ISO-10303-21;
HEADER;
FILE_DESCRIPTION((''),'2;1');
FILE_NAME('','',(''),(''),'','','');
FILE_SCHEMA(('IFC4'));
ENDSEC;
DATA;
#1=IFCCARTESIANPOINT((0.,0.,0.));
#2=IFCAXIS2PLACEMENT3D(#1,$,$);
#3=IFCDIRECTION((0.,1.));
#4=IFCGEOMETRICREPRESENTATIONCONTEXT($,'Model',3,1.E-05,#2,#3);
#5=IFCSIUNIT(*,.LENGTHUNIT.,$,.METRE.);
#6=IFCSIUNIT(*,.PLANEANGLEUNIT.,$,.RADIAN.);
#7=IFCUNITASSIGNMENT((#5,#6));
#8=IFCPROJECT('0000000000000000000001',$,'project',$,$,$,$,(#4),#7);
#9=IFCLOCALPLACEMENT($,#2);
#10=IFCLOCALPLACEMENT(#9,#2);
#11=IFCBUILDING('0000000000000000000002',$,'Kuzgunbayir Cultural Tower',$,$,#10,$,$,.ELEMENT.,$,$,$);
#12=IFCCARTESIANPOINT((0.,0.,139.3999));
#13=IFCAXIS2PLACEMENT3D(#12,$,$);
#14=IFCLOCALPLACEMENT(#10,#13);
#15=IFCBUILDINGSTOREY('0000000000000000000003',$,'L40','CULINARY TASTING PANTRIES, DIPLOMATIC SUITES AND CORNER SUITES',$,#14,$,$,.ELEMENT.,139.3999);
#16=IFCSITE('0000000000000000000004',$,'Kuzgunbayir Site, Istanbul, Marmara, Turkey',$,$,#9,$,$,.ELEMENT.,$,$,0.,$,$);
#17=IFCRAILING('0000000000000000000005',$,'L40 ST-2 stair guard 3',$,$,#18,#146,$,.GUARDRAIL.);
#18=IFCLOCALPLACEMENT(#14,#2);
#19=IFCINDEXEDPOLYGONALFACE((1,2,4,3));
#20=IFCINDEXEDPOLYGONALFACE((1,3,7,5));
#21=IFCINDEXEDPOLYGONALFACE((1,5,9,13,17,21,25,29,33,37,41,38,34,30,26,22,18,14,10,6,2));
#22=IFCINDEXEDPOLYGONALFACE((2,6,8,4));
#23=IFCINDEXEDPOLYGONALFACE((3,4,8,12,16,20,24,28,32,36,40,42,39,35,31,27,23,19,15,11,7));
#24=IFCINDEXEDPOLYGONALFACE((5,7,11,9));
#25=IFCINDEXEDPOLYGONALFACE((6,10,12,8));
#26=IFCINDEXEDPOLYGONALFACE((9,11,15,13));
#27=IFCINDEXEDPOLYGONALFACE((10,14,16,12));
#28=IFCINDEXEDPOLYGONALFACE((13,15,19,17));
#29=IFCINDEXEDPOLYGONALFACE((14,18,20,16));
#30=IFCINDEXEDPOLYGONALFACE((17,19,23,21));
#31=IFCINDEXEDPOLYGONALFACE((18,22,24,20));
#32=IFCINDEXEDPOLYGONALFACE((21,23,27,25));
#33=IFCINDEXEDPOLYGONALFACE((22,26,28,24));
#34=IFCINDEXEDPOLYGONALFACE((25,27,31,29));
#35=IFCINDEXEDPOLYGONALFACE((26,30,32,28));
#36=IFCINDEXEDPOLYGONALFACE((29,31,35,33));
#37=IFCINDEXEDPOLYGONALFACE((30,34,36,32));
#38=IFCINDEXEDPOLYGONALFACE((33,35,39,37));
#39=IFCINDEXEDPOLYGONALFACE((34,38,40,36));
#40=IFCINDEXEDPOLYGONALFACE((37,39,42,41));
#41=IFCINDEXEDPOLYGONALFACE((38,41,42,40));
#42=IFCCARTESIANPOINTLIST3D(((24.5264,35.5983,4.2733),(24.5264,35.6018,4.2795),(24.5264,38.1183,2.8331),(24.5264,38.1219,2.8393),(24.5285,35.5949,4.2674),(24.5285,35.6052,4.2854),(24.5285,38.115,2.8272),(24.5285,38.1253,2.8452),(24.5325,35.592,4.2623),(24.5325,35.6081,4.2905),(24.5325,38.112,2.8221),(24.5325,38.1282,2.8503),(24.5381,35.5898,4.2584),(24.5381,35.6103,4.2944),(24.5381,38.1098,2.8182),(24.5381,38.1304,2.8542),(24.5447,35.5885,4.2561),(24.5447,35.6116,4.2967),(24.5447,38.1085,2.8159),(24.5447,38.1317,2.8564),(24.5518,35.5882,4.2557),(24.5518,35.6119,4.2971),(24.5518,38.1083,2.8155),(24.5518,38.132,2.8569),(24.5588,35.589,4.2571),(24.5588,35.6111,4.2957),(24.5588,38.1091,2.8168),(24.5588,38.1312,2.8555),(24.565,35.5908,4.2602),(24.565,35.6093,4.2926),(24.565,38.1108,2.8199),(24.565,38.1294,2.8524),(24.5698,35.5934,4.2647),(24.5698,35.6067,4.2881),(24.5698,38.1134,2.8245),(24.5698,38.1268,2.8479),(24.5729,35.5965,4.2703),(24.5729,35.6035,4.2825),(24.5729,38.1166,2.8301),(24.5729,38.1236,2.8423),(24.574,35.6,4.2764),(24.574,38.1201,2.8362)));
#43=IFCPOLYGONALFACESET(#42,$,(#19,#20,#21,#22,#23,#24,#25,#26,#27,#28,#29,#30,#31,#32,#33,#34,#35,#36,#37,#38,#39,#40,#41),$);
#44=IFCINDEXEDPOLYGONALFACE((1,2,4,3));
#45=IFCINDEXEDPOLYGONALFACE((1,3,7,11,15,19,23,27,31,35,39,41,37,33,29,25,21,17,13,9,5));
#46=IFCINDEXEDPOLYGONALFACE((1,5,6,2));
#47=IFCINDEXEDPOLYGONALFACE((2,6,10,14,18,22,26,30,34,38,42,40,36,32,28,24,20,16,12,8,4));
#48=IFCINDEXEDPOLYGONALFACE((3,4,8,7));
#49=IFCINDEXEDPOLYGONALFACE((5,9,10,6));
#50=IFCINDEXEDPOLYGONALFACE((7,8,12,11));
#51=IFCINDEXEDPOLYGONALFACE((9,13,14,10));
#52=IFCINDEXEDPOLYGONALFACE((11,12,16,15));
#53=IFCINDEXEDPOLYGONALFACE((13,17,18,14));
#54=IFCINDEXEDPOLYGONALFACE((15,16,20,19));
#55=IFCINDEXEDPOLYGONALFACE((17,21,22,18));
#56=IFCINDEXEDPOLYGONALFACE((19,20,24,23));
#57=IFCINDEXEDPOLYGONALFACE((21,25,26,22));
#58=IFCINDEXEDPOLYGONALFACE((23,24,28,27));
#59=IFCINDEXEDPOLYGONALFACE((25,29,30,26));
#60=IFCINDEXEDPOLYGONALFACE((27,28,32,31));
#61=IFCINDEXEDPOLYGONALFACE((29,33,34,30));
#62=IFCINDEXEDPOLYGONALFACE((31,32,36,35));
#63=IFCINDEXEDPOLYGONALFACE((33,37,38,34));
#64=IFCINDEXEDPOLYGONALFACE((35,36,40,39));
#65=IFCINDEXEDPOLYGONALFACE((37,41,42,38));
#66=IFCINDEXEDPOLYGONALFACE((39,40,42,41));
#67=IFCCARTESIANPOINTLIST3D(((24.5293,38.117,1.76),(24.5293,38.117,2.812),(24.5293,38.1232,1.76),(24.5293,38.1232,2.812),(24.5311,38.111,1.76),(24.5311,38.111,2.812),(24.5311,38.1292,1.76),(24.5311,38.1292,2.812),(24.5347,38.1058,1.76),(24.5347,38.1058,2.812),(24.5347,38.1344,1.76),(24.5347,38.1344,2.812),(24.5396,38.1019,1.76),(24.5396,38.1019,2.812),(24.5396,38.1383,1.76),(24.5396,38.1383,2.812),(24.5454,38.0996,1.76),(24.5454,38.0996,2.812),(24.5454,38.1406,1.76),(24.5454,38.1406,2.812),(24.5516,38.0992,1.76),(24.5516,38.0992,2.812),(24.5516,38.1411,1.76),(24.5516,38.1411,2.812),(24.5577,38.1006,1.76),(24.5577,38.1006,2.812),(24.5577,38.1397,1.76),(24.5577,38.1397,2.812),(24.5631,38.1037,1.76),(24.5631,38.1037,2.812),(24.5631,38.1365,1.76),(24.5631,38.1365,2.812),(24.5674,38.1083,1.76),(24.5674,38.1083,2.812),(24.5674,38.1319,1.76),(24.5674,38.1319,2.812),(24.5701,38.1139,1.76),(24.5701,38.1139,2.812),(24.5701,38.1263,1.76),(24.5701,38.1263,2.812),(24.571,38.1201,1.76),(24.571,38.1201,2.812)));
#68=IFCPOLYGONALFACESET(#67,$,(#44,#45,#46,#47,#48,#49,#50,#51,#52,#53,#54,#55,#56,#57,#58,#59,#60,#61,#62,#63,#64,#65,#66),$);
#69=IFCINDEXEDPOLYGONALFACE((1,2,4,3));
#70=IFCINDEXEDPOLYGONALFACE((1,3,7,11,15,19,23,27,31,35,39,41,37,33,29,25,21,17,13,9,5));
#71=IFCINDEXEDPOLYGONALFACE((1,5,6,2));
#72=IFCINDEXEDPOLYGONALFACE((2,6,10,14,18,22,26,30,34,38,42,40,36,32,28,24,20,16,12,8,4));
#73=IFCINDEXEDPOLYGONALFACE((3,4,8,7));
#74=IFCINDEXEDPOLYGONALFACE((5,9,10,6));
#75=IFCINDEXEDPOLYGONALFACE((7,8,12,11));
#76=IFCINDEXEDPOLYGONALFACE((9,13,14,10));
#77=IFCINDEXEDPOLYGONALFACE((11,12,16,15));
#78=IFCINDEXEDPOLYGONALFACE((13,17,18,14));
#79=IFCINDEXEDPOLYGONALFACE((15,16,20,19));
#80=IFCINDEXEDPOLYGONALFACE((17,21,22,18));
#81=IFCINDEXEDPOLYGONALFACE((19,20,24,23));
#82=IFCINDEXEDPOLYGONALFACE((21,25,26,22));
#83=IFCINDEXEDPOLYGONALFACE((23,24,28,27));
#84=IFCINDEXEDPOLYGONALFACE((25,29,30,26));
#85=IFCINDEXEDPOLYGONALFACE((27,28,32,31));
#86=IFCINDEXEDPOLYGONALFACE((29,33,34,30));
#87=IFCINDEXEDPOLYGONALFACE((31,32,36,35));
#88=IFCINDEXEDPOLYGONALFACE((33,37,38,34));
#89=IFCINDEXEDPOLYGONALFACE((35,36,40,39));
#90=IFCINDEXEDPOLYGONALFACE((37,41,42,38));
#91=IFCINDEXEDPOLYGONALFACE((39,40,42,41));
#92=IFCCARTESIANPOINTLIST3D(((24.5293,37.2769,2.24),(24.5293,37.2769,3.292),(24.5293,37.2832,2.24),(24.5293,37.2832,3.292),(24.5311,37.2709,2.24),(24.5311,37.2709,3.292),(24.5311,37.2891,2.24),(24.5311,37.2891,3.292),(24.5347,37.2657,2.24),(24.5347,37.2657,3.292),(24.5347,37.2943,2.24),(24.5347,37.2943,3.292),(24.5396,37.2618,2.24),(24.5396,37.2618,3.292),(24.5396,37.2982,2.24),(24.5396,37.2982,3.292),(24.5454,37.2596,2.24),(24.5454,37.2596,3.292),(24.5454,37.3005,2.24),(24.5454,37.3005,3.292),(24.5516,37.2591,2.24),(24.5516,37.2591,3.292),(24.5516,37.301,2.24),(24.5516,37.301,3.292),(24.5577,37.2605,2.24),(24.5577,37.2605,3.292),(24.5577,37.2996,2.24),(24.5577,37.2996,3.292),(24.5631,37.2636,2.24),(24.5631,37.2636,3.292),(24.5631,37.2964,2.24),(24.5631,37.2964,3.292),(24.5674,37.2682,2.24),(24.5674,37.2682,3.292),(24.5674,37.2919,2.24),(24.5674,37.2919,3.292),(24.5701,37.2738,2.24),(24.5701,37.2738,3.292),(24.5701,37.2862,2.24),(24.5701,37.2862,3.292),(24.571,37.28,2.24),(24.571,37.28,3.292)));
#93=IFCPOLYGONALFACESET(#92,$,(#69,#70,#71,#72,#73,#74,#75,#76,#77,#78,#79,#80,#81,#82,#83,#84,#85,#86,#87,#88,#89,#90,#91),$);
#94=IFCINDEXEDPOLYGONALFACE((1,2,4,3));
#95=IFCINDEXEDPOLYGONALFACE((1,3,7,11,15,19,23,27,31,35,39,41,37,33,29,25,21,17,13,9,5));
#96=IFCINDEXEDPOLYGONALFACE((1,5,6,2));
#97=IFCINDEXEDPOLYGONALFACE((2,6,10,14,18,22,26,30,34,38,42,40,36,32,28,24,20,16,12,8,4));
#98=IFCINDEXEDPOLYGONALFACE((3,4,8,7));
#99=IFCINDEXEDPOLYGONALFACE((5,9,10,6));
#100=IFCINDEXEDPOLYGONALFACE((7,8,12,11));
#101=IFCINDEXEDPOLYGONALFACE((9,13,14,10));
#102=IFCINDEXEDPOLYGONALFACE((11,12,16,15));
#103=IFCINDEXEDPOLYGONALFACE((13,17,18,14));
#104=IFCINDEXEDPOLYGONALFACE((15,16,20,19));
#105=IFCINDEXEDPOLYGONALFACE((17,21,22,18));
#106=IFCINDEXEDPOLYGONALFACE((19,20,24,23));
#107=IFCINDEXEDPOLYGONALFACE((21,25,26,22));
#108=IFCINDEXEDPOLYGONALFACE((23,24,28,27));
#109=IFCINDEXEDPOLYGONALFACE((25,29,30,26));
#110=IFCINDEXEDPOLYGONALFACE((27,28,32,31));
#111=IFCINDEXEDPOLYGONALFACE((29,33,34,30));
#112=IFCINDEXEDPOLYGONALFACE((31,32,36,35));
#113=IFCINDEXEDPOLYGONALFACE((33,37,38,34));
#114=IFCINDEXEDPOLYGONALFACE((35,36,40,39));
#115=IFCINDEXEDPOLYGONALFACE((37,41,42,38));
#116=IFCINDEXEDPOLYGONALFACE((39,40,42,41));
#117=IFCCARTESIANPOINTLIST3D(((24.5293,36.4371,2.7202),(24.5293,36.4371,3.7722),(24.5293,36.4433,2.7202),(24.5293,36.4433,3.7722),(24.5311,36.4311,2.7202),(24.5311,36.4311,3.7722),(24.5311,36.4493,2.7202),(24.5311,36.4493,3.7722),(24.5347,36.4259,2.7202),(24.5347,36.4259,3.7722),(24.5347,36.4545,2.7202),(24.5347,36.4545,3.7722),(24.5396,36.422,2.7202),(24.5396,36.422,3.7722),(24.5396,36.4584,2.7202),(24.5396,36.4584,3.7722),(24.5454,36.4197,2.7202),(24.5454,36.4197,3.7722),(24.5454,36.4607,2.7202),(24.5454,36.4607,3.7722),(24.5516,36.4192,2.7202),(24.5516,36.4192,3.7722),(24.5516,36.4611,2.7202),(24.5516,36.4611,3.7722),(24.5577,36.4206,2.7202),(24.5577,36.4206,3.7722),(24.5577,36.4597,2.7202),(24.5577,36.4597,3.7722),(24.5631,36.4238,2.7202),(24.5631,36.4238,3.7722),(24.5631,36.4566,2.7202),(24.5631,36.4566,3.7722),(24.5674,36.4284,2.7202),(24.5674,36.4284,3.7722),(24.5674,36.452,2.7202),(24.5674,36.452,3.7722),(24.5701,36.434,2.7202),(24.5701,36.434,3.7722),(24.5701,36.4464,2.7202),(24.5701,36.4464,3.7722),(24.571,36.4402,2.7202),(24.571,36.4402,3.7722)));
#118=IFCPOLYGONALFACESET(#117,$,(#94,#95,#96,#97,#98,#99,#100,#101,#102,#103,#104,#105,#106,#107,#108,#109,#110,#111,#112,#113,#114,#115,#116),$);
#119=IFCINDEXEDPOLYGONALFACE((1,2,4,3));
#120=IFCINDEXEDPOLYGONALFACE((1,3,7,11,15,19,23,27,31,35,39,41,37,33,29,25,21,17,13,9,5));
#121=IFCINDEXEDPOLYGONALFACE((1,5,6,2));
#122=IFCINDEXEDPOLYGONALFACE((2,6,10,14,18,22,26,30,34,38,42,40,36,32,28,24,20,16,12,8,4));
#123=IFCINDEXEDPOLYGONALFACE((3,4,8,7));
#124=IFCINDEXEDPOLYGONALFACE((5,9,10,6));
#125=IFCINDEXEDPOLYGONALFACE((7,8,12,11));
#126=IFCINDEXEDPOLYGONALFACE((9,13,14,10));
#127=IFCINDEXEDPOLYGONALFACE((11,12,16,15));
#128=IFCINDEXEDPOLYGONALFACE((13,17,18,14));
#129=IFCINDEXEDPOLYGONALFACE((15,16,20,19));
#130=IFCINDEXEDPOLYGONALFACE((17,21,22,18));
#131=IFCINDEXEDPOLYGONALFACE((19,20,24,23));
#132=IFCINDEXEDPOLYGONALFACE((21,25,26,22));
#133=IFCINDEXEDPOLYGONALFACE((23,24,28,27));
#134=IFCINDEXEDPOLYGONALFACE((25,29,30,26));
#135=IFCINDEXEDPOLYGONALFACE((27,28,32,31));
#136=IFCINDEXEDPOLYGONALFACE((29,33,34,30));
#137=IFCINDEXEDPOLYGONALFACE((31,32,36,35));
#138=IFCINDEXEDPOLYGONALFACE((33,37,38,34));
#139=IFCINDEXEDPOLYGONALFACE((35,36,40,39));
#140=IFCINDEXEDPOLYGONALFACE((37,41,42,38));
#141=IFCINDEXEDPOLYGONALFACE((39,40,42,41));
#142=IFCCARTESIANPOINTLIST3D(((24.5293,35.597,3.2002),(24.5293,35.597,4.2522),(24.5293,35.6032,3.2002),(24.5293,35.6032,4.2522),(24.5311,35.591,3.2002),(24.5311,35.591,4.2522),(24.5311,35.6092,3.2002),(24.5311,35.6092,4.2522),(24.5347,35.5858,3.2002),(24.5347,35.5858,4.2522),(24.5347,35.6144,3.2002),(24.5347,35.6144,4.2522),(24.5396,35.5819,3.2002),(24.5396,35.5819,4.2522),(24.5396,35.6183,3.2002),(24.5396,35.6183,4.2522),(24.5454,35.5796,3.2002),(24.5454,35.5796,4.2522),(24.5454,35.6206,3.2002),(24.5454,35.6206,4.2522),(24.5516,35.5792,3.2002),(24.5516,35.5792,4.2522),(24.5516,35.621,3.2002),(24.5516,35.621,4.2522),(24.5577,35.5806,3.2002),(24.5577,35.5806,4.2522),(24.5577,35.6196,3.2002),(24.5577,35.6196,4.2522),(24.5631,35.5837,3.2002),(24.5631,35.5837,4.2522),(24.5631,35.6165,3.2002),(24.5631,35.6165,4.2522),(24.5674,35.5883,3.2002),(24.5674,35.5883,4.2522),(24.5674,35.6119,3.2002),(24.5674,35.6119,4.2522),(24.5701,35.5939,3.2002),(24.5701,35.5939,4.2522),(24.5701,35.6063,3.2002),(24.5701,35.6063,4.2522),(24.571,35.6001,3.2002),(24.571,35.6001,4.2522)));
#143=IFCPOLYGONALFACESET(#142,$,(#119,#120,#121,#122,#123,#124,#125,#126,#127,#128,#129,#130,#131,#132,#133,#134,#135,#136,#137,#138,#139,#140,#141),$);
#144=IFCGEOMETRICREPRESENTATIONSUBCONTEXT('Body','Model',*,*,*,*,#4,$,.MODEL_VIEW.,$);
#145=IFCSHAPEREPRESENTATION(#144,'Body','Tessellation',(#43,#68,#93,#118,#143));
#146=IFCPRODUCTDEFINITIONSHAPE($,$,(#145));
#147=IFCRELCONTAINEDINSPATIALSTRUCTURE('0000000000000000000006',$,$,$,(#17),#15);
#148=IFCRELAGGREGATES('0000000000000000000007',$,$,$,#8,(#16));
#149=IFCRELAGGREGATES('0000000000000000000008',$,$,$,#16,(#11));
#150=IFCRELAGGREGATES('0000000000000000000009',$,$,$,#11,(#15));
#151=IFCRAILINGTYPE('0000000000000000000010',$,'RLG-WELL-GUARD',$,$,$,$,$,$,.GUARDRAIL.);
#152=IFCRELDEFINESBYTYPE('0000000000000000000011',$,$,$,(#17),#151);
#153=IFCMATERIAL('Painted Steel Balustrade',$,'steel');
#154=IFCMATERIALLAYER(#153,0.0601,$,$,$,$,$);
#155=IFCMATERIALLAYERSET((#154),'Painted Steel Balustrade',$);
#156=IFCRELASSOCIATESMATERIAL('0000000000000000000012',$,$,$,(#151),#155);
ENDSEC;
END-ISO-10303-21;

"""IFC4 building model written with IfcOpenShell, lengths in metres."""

from ifc_helpers import new_model, si_unit, direction, frame, origin, origin_2d, place, context, subcontext, project, spatial, circle, extrude, material, layer, layer_set, type_object, element, save


model = new_model("IFC4")

# Units and contexts
model_context = context("Model", 3, precision=1e-05, world=origin(), true_north=direction((0.0, 1.0)))
body_context = subcontext(model_context, "Body", "Model", "MODEL_VIEW")
ifc_project = project(units=[si_unit("LENGTHUNIT", "METRE"), si_unit("PLANEANGLEUNIT", "RADIAN")], contexts=[model_context])

# Site, building, storey
site_placement = place(None, origin())
site = spatial("IfcSite", under=ifc_project, at=site_placement, Name="Kuzgunbayir Site, Istanbul, Marmara, Turkey", CompositionType="ELEMENT", RefElevation=0.0)
building_placement = place(site_placement, origin())
building = spatial("IfcBuilding", under=site, at=building_placement, Name="Kuzgunbayir Cultural Tower", CompositionType="ELEMENT")
storey_placement = place(building_placement, frame((0.0, 0.0, 139.3999)))
storey = spatial("IfcBuildingStorey", under=building, at=storey_placement, Name="L40", Description="CULINARY TASTING PANTRIES, DIPLOMATIC SUITES AND CORNER SUITES", CompositionType="ELEMENT", Elevation=139.3999)

# Railing
ifc_material_1 = material(Name="Painted Steel Balustrade", Category="steel")
ifc_layer_1 = layer(ifc_material_1, 0.0601)
ifc_layer_set_1 = layer_set([ifc_layer_1], Name="Painted Steel Balustrade")
railing_type_1 = type_object("IfcRailingType", Name="RLG-WELL-GUARD", PredefinedType="GUARDRAIL", material=ifc_layer_set_1)
railing_1_placement = place(storey_placement, frame((24.55, 38.1201, 1.76)))
element("IfcRailing", 1, at=railing_1_placement, inside=storey, type_object=railing_type_1, Name="L40 ST-2 stair guard 3", PredefinedType="GUARDRAIL", context=body_context, shape_type="SweptSolid", body=[
    extrude(circle(Radius=0.0239, at=origin_2d()), frame((0.0, 0.0, 1.0762), z_axis=(0.0, -0.868217, 0.496184), x_axis=(1.0, 0.0, 0.0)), (0.0, 0.0, 1.0), 2.9026),
    extrude(circle(Radius=0.021, at=origin_2d()), origin(), (0.0, 0.0, 1.0), 1.052),
    extrude(circle(Radius=0.021, at=origin_2d()), frame((0.0, -0.8401, 0.48)), (0.0, 0.0, 1.0), 1.052),
    extrude(circle(Radius=0.021, at=origin_2d()), frame((0.0, -1.6799, 0.9602)), (0.0, 0.0, 1.0), 1.052),
    extrude(circle(Radius=0.021, at=origin_2d()), frame((0.0, -2.52, 1.4402)), (0.0, 0.0, 1.0), 1.052),
])

save(model, "model.ifc")
